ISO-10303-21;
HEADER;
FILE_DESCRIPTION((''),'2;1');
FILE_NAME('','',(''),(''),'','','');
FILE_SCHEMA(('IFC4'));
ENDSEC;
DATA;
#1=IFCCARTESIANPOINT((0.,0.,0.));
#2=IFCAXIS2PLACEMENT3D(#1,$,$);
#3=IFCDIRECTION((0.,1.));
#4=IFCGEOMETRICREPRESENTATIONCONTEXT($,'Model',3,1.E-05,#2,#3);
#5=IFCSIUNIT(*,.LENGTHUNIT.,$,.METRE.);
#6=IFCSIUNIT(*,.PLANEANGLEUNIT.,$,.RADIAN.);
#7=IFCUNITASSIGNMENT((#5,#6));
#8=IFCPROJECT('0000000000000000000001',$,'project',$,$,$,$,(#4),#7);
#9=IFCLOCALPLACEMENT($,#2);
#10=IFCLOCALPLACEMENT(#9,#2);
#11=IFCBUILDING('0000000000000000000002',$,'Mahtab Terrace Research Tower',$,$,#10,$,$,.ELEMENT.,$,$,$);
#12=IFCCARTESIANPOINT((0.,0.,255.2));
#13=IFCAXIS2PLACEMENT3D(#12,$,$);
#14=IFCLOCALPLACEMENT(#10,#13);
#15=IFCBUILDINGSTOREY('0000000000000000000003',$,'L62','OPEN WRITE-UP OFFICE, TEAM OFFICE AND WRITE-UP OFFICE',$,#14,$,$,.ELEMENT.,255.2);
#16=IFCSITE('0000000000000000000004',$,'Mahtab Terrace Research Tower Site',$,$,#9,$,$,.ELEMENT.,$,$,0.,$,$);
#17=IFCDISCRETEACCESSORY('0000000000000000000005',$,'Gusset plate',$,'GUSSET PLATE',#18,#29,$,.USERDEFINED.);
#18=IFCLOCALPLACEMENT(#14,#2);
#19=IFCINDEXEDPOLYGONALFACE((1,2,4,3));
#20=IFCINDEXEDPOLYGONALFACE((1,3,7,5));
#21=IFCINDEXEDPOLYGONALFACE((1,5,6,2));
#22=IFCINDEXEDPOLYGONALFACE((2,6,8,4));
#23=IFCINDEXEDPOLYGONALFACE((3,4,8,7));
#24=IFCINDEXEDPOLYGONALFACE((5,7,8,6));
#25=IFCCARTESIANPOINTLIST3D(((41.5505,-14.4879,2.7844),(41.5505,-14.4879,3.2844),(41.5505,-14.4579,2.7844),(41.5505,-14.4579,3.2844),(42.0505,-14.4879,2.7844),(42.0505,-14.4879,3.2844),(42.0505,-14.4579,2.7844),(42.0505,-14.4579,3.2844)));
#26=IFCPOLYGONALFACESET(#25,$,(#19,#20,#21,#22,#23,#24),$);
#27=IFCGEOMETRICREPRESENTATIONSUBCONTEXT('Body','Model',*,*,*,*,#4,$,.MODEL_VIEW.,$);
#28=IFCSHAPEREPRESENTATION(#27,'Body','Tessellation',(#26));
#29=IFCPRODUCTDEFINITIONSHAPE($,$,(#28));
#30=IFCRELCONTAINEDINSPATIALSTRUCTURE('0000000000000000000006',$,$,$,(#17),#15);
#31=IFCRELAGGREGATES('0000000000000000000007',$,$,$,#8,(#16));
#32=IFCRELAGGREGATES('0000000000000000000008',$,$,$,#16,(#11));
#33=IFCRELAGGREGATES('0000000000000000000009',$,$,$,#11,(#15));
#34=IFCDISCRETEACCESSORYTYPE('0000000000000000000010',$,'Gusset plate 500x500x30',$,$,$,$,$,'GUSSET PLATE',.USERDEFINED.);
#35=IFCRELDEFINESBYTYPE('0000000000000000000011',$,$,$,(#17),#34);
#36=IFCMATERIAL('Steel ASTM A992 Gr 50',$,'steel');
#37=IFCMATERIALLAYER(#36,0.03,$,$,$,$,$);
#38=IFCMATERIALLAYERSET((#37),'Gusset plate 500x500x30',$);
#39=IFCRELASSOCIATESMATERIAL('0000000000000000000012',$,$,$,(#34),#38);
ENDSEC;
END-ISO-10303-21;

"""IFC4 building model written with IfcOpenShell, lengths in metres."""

from ifc_helpers import new_model, si_unit, direction, frame, origin, origin_2d, place, context, subcontext, project, spatial, rectangle, extrude, material, layer, layer_set, type_object, element, save


model = new_model("IFC4")

# Units and contexts
model_context = context("Model", 3, precision=1e-05, world=origin(), true_north=direction((0.0, 1.0)))
body_context = subcontext(model_context, "Body", "Model", "MODEL_VIEW")
ifc_project = project(units=[si_unit("LENGTHUNIT", "METRE"), si_unit("PLANEANGLEUNIT", "RADIAN")], contexts=[model_context])

# Site, building, storey
site_placement = place(None, origin())
site = spatial("IfcSite", under=ifc_project, at=site_placement, Name="Mahtab Terrace Research Tower Site", CompositionType="ELEMENT", RefElevation=0.0)
building_placement = place(site_placement, origin())
building = spatial("IfcBuilding", under=site, at=building_placement, Name="Mahtab Terrace Research Tower", CompositionType="ELEMENT")
storey_placement = place(building_placement, frame((0.0, 0.0, 255.2)))
storey = spatial("IfcBuildingStorey", under=building, at=storey_placement, Name="L62", Description="OPEN WRITE-UP OFFICE, TEAM OFFICE AND WRITE-UP OFFICE", CompositionType="ELEMENT", Elevation=255.2)

# Shared definitions
ifc_material_1 = material(Name="Steel ASTM A992 Gr 50", Category="steel")

# Discrete accessory
ifc_layer_1 = layer(ifc_material_1, 0.03)
ifc_layer_set_1 = layer_set([ifc_layer_1], Name="Gusset plate 500x500x30")
discrete_accessory_type = type_object("IfcDiscreteAccessoryType", Name="Gusset plate 500x500x30", ElementType="GUSSET PLATE", PredefinedType="USERDEFINED", material=ifc_layer_set_1)
for number, where, z_axis, x_axis, name in (
    (1, (41.8005, -14.4729, 2.7844), (0.0, 0.0, 1.0), (1.0, 0.0, 0.0), "Gusset plate"),
):
    element("IfcDiscreteAccessory", number, at=place(storey_placement, frame(where, z_axis=z_axis, x_axis=x_axis)), inside=storey, type_object=discrete_accessory_type, Name=name, ObjectType="GUSSET PLATE", PredefinedType="USERDEFINED", context=body_context, shape_type="SweptSolid", body=[
        extrude(rectangle(XDim=0.5, YDim=0.03, at=origin_2d()), origin(), (0.0, 0.0, 1.0), 0.5),
    ])

save(model, "model.ifc")
